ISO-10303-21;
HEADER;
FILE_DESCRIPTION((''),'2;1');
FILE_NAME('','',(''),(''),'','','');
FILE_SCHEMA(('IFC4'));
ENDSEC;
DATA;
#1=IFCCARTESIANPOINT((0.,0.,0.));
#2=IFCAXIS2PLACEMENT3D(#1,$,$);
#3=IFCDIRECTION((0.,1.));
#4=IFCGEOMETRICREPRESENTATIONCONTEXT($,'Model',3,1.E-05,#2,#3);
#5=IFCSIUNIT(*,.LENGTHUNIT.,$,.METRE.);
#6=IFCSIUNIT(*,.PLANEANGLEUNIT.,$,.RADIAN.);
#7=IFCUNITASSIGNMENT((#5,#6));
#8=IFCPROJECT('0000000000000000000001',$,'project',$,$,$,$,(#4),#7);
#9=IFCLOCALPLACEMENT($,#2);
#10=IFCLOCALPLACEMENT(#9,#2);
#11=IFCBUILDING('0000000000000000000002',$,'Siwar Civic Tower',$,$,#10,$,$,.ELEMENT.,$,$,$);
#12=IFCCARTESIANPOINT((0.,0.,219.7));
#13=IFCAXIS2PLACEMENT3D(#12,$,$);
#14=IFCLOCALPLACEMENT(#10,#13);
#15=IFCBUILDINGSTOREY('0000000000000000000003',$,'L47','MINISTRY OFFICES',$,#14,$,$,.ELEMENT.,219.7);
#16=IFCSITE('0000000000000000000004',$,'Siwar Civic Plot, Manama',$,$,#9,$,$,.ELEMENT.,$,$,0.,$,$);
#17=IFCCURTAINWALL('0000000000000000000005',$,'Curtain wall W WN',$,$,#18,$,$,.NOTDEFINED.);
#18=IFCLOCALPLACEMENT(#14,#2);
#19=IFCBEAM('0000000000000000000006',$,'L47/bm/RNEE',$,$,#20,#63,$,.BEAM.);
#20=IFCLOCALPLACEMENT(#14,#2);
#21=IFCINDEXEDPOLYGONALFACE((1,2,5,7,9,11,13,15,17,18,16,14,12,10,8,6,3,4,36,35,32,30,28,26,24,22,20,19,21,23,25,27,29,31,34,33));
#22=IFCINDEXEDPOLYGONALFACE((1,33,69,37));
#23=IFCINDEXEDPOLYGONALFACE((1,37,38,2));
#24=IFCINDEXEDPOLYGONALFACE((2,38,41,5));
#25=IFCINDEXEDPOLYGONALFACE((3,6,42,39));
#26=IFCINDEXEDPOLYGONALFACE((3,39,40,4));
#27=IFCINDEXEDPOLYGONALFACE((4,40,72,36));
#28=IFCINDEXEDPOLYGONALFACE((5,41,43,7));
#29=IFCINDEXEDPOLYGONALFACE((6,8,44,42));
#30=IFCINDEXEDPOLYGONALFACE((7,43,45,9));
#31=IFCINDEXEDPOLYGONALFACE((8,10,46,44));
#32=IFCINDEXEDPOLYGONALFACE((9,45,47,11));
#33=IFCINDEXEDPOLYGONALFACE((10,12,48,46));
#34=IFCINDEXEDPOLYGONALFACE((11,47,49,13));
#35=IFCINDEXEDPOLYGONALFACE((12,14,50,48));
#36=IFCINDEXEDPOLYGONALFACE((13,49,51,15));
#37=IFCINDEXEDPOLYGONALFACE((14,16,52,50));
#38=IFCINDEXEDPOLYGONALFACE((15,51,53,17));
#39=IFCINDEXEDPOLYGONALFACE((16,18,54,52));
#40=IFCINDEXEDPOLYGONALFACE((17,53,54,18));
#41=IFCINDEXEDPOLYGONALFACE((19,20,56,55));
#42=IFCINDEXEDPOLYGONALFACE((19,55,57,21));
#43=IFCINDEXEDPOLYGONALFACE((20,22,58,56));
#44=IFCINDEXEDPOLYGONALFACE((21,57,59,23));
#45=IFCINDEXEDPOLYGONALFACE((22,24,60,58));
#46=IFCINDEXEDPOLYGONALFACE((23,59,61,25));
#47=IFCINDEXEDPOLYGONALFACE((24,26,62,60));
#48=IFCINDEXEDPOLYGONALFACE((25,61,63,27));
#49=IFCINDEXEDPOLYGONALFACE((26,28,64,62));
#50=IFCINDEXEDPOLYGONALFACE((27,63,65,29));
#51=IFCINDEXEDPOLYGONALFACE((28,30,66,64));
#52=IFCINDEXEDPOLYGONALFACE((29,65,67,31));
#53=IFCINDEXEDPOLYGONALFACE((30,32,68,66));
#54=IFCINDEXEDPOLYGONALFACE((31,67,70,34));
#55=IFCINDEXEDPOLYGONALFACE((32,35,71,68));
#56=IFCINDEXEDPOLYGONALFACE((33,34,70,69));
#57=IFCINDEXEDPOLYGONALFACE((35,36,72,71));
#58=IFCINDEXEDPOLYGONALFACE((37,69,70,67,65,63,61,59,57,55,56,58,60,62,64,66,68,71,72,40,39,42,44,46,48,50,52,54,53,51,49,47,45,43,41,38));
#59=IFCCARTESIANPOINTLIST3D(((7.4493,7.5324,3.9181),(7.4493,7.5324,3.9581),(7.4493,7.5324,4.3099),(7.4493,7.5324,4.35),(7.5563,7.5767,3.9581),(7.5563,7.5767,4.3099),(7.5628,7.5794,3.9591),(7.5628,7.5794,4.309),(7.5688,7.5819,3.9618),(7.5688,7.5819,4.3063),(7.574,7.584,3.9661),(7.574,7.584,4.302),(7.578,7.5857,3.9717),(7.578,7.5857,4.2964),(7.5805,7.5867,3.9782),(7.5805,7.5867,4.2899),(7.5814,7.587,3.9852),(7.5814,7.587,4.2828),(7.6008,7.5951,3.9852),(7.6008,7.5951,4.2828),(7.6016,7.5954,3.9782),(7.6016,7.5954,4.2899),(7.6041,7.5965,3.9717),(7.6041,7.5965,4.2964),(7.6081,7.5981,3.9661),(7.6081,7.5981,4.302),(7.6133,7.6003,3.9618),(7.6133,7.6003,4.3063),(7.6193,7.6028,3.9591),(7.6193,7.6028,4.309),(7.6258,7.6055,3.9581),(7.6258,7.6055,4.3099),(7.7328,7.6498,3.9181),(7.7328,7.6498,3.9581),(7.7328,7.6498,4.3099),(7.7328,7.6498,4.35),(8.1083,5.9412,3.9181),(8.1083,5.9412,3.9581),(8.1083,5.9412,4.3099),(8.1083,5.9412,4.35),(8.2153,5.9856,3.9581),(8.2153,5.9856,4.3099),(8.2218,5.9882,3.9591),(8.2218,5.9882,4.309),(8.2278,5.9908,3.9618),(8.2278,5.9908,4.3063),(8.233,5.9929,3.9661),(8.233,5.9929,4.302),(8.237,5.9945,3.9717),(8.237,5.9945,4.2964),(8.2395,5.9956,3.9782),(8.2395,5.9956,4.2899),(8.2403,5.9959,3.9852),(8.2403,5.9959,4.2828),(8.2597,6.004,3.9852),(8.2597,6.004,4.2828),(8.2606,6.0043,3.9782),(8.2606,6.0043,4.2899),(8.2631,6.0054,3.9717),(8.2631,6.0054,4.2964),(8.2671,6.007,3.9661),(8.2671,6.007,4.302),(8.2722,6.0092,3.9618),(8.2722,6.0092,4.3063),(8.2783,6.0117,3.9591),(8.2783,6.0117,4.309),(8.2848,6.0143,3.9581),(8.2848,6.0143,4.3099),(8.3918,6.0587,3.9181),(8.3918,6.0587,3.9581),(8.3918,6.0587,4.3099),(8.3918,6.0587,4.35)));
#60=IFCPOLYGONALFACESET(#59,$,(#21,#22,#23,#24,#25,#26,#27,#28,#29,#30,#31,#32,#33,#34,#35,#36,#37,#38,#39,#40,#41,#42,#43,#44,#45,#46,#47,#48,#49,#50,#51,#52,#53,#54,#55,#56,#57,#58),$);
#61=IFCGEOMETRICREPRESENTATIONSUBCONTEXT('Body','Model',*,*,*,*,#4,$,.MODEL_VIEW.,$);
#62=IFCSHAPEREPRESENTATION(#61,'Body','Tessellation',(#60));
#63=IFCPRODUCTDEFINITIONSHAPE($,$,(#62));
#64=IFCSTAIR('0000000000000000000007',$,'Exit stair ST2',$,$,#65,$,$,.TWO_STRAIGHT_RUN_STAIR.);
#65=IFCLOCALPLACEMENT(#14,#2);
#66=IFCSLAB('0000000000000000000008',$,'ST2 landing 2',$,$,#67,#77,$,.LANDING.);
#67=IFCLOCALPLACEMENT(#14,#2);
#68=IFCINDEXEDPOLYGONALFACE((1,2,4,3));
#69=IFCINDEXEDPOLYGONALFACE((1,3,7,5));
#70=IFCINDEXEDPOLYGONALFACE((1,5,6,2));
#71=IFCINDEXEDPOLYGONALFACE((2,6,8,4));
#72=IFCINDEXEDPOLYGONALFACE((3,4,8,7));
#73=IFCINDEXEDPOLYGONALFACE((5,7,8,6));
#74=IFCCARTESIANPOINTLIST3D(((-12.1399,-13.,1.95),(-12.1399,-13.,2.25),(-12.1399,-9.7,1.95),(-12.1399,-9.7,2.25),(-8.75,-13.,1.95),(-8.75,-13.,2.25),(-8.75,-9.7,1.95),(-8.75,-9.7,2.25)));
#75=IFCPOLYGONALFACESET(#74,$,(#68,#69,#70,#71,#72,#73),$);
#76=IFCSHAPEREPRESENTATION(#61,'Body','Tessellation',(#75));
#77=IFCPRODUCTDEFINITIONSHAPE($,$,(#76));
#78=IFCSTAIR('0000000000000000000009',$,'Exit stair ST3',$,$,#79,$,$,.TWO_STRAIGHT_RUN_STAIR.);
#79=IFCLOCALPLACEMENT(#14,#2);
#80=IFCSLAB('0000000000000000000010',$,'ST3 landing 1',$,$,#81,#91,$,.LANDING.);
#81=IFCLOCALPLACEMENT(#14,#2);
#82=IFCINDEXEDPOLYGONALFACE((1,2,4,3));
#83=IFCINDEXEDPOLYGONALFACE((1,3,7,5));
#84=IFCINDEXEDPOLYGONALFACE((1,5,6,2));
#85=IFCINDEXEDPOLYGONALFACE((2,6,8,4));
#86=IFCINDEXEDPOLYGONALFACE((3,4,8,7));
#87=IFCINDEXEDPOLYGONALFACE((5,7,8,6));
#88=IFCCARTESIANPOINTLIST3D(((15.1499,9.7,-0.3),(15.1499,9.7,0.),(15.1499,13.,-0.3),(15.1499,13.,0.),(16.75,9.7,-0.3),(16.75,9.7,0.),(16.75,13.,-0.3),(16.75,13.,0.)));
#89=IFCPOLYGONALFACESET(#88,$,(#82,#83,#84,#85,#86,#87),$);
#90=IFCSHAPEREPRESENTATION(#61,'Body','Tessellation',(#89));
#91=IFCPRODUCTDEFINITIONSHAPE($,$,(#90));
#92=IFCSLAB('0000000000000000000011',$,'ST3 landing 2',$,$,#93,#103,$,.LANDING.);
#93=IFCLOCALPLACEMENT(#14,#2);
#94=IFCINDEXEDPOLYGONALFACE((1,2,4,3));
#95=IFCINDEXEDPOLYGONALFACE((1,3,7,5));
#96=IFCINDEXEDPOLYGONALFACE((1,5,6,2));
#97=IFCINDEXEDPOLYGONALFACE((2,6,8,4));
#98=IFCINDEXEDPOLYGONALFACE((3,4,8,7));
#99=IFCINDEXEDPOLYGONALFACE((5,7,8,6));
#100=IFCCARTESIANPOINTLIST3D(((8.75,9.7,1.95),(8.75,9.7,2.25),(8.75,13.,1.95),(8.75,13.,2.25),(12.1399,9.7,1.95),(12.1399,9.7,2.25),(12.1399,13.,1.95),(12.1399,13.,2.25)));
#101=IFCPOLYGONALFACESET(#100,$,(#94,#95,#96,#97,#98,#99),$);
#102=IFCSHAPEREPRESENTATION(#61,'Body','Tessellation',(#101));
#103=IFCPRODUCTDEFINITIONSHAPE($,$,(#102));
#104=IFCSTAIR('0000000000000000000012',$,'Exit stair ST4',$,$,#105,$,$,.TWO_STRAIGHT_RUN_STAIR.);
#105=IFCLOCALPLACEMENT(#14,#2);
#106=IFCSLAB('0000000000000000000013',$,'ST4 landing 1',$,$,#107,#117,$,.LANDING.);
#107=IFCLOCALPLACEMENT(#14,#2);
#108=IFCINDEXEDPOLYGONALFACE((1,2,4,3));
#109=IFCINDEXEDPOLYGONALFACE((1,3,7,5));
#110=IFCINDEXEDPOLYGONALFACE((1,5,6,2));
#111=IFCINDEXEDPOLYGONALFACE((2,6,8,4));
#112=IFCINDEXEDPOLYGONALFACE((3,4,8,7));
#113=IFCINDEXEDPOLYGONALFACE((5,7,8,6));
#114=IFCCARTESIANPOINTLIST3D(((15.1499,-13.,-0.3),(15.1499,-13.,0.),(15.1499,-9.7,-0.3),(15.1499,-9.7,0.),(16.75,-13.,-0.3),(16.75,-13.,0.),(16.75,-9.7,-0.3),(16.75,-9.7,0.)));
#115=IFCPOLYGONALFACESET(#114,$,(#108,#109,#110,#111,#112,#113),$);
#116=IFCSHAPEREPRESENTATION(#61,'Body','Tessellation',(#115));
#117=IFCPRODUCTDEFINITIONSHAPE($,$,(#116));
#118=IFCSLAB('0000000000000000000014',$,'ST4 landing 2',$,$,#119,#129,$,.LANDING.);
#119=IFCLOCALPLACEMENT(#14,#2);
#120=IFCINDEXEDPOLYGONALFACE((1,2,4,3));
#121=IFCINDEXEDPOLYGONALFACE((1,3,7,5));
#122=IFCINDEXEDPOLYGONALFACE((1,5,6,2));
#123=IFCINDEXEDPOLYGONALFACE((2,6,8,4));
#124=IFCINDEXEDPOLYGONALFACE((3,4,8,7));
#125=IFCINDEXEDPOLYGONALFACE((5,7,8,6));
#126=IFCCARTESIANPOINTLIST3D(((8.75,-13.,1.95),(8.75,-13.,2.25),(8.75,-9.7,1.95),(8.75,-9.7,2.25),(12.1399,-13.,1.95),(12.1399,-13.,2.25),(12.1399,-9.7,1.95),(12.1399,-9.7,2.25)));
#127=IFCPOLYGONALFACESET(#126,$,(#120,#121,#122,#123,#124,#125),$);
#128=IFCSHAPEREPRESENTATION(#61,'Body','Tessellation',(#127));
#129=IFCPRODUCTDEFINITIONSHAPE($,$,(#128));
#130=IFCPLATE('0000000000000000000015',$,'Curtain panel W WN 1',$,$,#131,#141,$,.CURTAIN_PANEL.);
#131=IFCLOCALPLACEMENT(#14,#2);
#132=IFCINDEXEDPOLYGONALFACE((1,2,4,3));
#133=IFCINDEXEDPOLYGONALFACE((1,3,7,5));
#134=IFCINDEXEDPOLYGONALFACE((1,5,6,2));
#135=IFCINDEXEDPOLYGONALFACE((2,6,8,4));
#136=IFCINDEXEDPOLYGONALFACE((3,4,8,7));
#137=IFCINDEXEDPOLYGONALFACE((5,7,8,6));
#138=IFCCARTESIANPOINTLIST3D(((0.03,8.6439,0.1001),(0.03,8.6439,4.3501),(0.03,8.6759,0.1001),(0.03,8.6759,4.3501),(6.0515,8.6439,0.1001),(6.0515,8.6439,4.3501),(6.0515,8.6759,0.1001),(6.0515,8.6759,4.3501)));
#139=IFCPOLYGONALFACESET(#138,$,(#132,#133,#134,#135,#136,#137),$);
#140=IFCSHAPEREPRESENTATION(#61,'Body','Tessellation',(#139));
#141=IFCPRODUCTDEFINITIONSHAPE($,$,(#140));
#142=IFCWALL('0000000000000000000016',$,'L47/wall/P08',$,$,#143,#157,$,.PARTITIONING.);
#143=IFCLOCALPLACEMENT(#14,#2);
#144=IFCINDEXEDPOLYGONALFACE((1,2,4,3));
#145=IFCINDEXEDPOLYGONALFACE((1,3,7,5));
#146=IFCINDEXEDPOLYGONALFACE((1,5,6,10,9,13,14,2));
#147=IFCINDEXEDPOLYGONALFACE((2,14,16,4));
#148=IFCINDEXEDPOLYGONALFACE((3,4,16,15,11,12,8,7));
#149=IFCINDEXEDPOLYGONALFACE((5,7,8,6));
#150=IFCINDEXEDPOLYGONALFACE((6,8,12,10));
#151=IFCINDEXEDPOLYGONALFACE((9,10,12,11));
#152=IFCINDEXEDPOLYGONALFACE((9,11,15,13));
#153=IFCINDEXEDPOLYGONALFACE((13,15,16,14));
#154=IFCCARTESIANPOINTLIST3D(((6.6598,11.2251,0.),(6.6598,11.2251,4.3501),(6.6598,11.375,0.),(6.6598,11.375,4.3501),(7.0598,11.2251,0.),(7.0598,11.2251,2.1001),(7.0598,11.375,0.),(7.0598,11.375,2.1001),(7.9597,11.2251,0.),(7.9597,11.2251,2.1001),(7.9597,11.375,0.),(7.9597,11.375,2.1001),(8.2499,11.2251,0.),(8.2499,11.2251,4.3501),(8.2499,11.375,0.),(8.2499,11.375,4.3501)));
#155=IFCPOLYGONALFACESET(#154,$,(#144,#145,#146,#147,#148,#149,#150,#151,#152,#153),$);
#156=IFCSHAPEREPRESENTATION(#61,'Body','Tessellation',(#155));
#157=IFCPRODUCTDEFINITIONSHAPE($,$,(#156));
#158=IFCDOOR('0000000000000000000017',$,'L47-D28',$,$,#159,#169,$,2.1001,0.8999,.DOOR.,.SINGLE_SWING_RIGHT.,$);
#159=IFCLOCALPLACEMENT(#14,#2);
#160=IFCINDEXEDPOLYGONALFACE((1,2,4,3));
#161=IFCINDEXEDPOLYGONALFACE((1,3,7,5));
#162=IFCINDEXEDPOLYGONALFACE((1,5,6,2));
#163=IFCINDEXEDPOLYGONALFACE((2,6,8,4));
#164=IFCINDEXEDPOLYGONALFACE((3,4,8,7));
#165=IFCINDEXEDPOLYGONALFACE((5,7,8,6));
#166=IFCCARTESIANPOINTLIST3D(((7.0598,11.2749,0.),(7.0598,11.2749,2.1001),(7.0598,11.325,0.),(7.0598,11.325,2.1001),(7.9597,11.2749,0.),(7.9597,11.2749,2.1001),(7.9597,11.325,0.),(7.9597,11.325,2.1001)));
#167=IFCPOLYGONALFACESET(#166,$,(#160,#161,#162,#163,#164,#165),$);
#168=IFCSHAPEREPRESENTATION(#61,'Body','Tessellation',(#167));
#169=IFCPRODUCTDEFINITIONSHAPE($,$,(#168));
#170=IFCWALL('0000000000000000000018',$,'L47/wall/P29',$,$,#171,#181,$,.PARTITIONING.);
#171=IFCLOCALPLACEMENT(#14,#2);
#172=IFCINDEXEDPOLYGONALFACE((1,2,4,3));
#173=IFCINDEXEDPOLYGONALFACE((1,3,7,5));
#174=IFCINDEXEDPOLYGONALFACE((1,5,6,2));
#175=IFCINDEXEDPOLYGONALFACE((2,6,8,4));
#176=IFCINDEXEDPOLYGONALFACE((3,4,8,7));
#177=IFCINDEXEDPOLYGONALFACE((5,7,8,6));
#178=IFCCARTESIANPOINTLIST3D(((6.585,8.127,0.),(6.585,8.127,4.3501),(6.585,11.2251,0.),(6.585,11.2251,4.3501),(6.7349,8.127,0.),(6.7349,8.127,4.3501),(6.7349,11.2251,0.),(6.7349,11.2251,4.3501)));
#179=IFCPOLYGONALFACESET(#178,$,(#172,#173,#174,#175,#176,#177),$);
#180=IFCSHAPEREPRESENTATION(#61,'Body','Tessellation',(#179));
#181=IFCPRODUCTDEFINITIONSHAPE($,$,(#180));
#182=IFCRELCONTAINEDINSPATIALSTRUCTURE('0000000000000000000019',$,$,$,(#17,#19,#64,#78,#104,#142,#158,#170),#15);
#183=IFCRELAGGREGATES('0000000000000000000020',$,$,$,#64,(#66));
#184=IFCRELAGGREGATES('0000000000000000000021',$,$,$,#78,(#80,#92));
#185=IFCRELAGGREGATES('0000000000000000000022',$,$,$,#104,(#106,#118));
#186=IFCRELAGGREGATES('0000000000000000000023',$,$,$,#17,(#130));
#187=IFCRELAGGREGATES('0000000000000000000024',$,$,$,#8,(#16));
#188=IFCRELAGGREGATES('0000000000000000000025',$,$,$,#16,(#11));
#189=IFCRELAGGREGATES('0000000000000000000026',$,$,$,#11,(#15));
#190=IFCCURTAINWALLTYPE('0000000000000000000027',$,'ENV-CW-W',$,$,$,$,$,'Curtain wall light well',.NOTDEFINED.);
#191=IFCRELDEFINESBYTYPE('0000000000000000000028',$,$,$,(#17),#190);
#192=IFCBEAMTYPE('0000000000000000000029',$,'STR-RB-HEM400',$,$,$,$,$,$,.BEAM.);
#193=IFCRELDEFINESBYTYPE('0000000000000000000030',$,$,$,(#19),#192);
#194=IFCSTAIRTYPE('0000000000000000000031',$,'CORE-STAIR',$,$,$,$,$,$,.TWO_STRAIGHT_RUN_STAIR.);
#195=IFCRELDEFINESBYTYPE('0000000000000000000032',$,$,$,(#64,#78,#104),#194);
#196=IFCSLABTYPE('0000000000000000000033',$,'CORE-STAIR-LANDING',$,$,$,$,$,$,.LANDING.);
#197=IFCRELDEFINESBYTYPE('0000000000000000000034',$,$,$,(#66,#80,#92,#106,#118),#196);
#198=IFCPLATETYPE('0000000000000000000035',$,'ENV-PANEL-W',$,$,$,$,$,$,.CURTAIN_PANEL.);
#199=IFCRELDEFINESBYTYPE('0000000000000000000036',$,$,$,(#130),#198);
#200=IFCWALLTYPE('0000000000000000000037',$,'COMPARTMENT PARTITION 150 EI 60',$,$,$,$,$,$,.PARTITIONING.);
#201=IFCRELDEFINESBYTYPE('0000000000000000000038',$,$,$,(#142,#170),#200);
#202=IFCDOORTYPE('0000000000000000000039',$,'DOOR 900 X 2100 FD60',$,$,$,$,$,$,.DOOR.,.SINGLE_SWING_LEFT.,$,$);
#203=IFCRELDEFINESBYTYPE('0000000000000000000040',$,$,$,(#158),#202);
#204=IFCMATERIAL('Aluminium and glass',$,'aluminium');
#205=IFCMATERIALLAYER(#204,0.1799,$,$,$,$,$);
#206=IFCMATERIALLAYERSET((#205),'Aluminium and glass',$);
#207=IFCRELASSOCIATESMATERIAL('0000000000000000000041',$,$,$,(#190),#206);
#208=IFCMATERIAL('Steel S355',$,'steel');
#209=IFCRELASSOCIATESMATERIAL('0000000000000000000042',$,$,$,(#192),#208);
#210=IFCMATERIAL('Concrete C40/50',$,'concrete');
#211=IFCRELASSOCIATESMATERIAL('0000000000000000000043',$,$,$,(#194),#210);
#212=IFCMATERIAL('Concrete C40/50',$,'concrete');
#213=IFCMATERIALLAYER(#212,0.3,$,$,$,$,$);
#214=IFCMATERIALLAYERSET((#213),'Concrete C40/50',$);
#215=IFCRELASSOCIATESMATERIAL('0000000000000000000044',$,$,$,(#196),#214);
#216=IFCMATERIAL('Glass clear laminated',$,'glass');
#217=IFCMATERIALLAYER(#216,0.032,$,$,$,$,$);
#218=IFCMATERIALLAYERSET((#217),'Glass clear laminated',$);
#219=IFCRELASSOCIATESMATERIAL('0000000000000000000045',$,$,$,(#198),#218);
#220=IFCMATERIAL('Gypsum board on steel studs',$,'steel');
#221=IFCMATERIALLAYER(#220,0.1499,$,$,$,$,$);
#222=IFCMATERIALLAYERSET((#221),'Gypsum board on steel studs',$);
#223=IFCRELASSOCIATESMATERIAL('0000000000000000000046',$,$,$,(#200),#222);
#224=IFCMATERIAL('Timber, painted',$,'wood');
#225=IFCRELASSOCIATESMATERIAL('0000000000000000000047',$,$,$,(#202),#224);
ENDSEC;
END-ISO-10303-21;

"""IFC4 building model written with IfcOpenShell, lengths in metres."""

from ifc_helpers import new_model, si_unit, direction, frame, frame_2d, origin, origin_2d, place, context, subcontext, project, spatial, polyline, rectangle, i_section, outline, extrude, material, layer, layer_set, material_profile, profile_set, type_object, element, fill, aggregate, save


model = new_model("IFC4")

# Units and contexts
model_context = context("Model", 3, precision=1e-05, world=origin(), true_north=direction((0.0, 1.0)))
body_context = subcontext(model_context, "Body", "Model", "MODEL_VIEW")
ifc_project = project(units=[si_unit("LENGTHUNIT", "METRE"), si_unit("PLANEANGLEUNIT", "RADIAN")], contexts=[model_context])

# Site, building, storey
site_placement = place(None, origin())
site = spatial("IfcSite", under=ifc_project, at=site_placement, Name="Siwar Civic Plot, Manama", CompositionType="ELEMENT", RefElevation=0.0)
building_placement = place(site_placement, origin())
building = spatial("IfcBuilding", under=site, at=building_placement, Name="Siwar Civic Tower", CompositionType="ELEMENT")
storey_placement = place(building_placement, frame((0.0, 0.0, 219.7)))
storey = spatial("IfcBuildingStorey", under=building, at=storey_placement, Name="L47", Description="MINISTRY OFFICES", CompositionType="ELEMENT", Elevation=219.7)

# Curtain wall
ifc_material_1 = material(Name="Aluminium and glass", Category="aluminium")
ifc_layer_1 = layer(ifc_material_1, 0.1799)
ifc_layer_set_1 = layer_set([ifc_layer_1], Name="Aluminium and glass")
curtain_wall_type = type_object("IfcCurtainWallType", Name="ENV-CW-W", ElementType="Curtain wall light well", PredefinedType="NOTDEFINED", material=ifc_layer_set_1)
curtain_wall_placement = place(storey_placement, origin())
curtain_wall = element("IfcCurtainWall", 1, at=curtain_wall_placement, inside=storey, type_object=curtain_wall_type, Name="Curtain wall W WN", PredefinedType="NOTDEFINED")

# Beam
ifc_material_2 = material(Name="Steel S355", Category="steel")
ifc_material_profile_1 = material_profile(ifc_material_2, i_section(OverallWidth=0.3069, OverallDepth=0.4319, WebThickness=0.021, FlangeThickness=0.04, FilletRadius=0.0271, at=origin_2d()), Name="HEM400")
ifc_profile_set_1 = profile_set([ifc_material_profile_1], Name="Steel S355")
beam_type_1 = type_object("IfcBeamType", Name="STR-RB-HEM400", PredefinedType="BEAM", material=ifc_profile_set_1)
for number, where, z_axis, x_axis, name in (
    (2, (7.5911, 7.5911, 4.134), (0.382631, -0.923901, 0.0), (0.923901, 0.382631, 0.0), "L47/bm/RNEE"),
):
    element("IfcBeam", number, at=place(storey_placement, frame(where, z_axis=z_axis, x_axis=x_axis)), inside=storey, type_object=beam_type_1, Name=name, PredefinedType="BEAM", context=body_context, shape_type="SweptSolid", body=[
        extrude(i_section(OverallWidth=0.3069, OverallDepth=0.4319, WebThickness=0.021, FlangeThickness=0.04, FilletRadius=0.0271, at=origin_2d()), origin(), (0.0, 0.0, 1.0), 1.7222),
    ])

# Stair, slab
ifc_material_3 = material(Name="Concrete C40/50", Category="concrete")
stair_type = type_object("IfcStairType", Name="CORE-STAIR", PredefinedType="TWO_STRAIGHT_RUN_STAIR", material=ifc_material_3)
stair_1_placement = place(storey_placement, origin())
stair_1 = element("IfcStair", 3, at=stair_1_placement, inside=storey, type_object=stair_type, Name="Exit stair ST2", PredefinedType="TWO_STRAIGHT_RUN_STAIR")
ifc_material_4 = material(Name="Concrete C40/50", Category="concrete")
ifc_layer_2 = layer(ifc_material_4, 0.3)
ifc_layer_set_2 = layer_set([ifc_layer_2], Name="Concrete C40/50")
slab_type_1 = type_object("IfcSlabType", Name="CORE-STAIR-LANDING", PredefinedType="LANDING", material=ifc_layer_set_2)
slab_1_placement = place(storey_placement, frame((0.0, 0.0, 1.95)))
slab_1 = element("IfcSlab", 4, at=slab_1_placement, type_object=slab_type_1, Name="ST2 landing 2", PredefinedType="LANDING", context=body_context, shape_type="SweptSolid", body=[
    extrude(outline(polyline([(-8.75, -9.7), (-12.1399, -9.7), (-12.1399, -13.0), (-8.75, -13.0), (-8.75, -9.7)])), origin(), (0.0, 0.0, 1.0), 0.3),
])
aggregate(stair_1, [slab_1])

# Stairs, slabs
stair_2_placement = place(storey_placement, origin())
stair_2 = element("IfcStair", 5, at=stair_2_placement, inside=storey, type_object=stair_type, Name="Exit stair ST3", PredefinedType="TWO_STRAIGHT_RUN_STAIR")
slab_2_placement = place(storey_placement, frame((0.0, 0.0, -0.3)))
slab_2 = element("IfcSlab", 6, at=slab_2_placement, type_object=slab_type_1, Name="ST3 landing 1", PredefinedType="LANDING", context=body_context, shape_type="SweptSolid", body=[
    extrude(outline(polyline([(15.1499, 9.7), (16.75, 9.7), (16.75, 13.0), (15.1499, 13.0), (15.1499, 9.7)])), origin(), (0.0, 0.0, 1.0), 0.3),
])
slab_3_placement = place(storey_placement, frame((0.0, 0.0, 1.95)))
slab_3 = element("IfcSlab", 7, at=slab_3_placement, type_object=slab_type_1, Name="ST3 landing 2", PredefinedType="LANDING", context=body_context, shape_type="SweptSolid", body=[
    extrude(outline(polyline([(8.75, 9.7), (12.1399, 9.7), (12.1399, 13.0), (8.75, 13.0), (8.75, 9.7)])), origin(), (0.0, 0.0, 1.0), 0.3),
])
aggregate(stair_2, [slab_2, slab_3])
stair_3_placement = place(storey_placement, origin())
stair_3 = element("IfcStair", 8, at=stair_3_placement, inside=storey, type_object=stair_type, Name="Exit stair ST4", PredefinedType="TWO_STRAIGHT_RUN_STAIR")
slab_4_placement = place(storey_placement, frame((0.0, 0.0, -0.3)))
slab_4 = element("IfcSlab", 9, at=slab_4_placement, type_object=slab_type_1, Name="ST4 landing 1", PredefinedType="LANDING", context=body_context, shape_type="SweptSolid", body=[
    extrude(outline(polyline([(15.1499, -13.0), (16.75, -13.0), (16.75, -9.7), (15.1499, -9.7), (15.1499, -13.0)])), origin(), (0.0, 0.0, 1.0), 0.3),
])
slab_5_placement = place(storey_placement, frame((0.0, 0.0, 1.95)))
slab_5 = element("IfcSlab", 10, at=slab_5_placement, type_object=slab_type_1, Name="ST4 landing 2", PredefinedType="LANDING", context=body_context, shape_type="SweptSolid", body=[
    extrude(outline(polyline([(8.75, -13.0), (12.1399, -13.0), (12.1399, -9.7), (8.75, -9.7), (8.75, -13.0)])), origin(), (0.0, 0.0, 1.0), 0.3),
])
aggregate(stair_3, [slab_4, slab_5])

# Plate
ifc_material_5 = material(Name="Glass clear laminated", Category="glass")
ifc_layer_3 = layer(ifc_material_5, 0.032)
ifc_layer_set_3 = layer_set([ifc_layer_3], Name="Glass clear laminated")
plate_type = type_object("IfcPlateType", Name="ENV-PANEL-W", PredefinedType="CURTAIN_PANEL", material=ifc_layer_set_3)
plate_placement = place(storey_placement, frame((3.0408, 8.6599, 0.1001), z_axis=(0.0, 0.0, 1.0), x_axis=(-1.0, 0.0, 0.0)))
plate = element("IfcPlate", 11, at=plate_placement, type_object=plate_type, Name="Curtain panel W WN 1", PredefinedType="CURTAIN_PANEL", context=body_context, shape_type="SweptSolid", body=[
    extrude(rectangle(XDim=6.0215, YDim=0.032, at=origin_2d()), origin(), (0.0, 0.0, 1.0), 4.25),
])
aggregate(curtain_wall, [plate])

# Wall, opening, door
ifc_material_6 = material(Name="Gypsum board on steel studs", Category="steel")
ifc_layer_4 = layer(ifc_material_6, 0.1499)
ifc_layer_set_4 = layer_set([ifc_layer_4], Name="Gypsum board on steel studs")
wall_type_1 = type_object("IfcWallType", Name="COMPARTMENT PARTITION 150 EI 60", PredefinedType="PARTITIONING", material=ifc_layer_set_4)
wall_1_placement = place(storey_placement, frame((6.6599, 11.3, 0.0), z_axis=(0.0, 0.0, 1.0), x_axis=(1.0, 0.0, 0.0)))
wall_1 = element("IfcWall", 12, at=wall_1_placement, inside=storey, type_object=wall_type_1, Name="L47/wall/P08", PredefinedType="PARTITIONING", context=body_context, shape_type="SweptSolid", body=[
    extrude(rectangle(XDim=1.5901, YDim=0.1499, at=frame_2d((0.7949, 0.0))), origin(), (0.0, 0.0, 1.0), 4.3501),
])
opening_placement = place(wall_1_placement, frame((0.3999, 0.0, 0.0)))
opening = element("IfcOpeningElement", 13, at=opening_placement, cuts=wall_1, PredefinedType="OPENING", context=body_context, shape_type="SweptSolid", body=[
    extrude(rectangle(XDim=0.8999, YDim=2.1001, at=frame_2d((0.45, 1.05))), frame((0.0, 0.085, 0.0), z_axis=(0.0, -1.0, 0.0), x_axis=(1.0, 0.0, 0.0)), (0.0, 0.0, 1.0), 0.1699),
])
ifc_material_7 = material(Name="Timber, painted", Category="wood")
door_type = type_object("IfcDoorType", Name="DOOR 900 X 2100 FD60", OperationType="SINGLE_SWING_LEFT", PredefinedType="DOOR", material=ifc_material_7)
door_placement = place(opening_placement, origin())
door = element("IfcDoor", 14, at=door_placement, inside=storey, type_object=door_type, Name="L47-D28", OperationType="SINGLE_SWING_RIGHT", OverallHeight=2.1001, OverallWidth=0.8999, PredefinedType="DOOR", context=body_context, shape_type="SweptSolid", body=[
    extrude(rectangle(XDim=0.8999, YDim=2.1001, at=frame_2d((0.45, 1.05))), frame((0.0, 0.0249, 0.0), z_axis=(0.0, -1.0, 0.0), x_axis=(1.0, 0.0, 0.0)), (0.0, 0.0, 1.0), 0.05),
])
fill(opening, door)

# Wall
wall_2_placement = place(storey_placement, frame((6.6599, 8.127, 0.0), z_axis=(0.0, 0.0, 1.0), x_axis=(0.0, 1.0, 0.0)))
element("IfcWall", 15, at=wall_2_placement, inside=storey, type_object=wall_type_1, Name="L47/wall/P29", PredefinedType="PARTITIONING", context=body_context, shape_type="SweptSolid", body=[
    extrude(rectangle(XDim=3.0981, YDim=0.1499, at=frame_2d((1.5491, 0.0))), origin(), (0.0, 0.0, 1.0), 4.3501),
])

save(model, "model.ifc")
